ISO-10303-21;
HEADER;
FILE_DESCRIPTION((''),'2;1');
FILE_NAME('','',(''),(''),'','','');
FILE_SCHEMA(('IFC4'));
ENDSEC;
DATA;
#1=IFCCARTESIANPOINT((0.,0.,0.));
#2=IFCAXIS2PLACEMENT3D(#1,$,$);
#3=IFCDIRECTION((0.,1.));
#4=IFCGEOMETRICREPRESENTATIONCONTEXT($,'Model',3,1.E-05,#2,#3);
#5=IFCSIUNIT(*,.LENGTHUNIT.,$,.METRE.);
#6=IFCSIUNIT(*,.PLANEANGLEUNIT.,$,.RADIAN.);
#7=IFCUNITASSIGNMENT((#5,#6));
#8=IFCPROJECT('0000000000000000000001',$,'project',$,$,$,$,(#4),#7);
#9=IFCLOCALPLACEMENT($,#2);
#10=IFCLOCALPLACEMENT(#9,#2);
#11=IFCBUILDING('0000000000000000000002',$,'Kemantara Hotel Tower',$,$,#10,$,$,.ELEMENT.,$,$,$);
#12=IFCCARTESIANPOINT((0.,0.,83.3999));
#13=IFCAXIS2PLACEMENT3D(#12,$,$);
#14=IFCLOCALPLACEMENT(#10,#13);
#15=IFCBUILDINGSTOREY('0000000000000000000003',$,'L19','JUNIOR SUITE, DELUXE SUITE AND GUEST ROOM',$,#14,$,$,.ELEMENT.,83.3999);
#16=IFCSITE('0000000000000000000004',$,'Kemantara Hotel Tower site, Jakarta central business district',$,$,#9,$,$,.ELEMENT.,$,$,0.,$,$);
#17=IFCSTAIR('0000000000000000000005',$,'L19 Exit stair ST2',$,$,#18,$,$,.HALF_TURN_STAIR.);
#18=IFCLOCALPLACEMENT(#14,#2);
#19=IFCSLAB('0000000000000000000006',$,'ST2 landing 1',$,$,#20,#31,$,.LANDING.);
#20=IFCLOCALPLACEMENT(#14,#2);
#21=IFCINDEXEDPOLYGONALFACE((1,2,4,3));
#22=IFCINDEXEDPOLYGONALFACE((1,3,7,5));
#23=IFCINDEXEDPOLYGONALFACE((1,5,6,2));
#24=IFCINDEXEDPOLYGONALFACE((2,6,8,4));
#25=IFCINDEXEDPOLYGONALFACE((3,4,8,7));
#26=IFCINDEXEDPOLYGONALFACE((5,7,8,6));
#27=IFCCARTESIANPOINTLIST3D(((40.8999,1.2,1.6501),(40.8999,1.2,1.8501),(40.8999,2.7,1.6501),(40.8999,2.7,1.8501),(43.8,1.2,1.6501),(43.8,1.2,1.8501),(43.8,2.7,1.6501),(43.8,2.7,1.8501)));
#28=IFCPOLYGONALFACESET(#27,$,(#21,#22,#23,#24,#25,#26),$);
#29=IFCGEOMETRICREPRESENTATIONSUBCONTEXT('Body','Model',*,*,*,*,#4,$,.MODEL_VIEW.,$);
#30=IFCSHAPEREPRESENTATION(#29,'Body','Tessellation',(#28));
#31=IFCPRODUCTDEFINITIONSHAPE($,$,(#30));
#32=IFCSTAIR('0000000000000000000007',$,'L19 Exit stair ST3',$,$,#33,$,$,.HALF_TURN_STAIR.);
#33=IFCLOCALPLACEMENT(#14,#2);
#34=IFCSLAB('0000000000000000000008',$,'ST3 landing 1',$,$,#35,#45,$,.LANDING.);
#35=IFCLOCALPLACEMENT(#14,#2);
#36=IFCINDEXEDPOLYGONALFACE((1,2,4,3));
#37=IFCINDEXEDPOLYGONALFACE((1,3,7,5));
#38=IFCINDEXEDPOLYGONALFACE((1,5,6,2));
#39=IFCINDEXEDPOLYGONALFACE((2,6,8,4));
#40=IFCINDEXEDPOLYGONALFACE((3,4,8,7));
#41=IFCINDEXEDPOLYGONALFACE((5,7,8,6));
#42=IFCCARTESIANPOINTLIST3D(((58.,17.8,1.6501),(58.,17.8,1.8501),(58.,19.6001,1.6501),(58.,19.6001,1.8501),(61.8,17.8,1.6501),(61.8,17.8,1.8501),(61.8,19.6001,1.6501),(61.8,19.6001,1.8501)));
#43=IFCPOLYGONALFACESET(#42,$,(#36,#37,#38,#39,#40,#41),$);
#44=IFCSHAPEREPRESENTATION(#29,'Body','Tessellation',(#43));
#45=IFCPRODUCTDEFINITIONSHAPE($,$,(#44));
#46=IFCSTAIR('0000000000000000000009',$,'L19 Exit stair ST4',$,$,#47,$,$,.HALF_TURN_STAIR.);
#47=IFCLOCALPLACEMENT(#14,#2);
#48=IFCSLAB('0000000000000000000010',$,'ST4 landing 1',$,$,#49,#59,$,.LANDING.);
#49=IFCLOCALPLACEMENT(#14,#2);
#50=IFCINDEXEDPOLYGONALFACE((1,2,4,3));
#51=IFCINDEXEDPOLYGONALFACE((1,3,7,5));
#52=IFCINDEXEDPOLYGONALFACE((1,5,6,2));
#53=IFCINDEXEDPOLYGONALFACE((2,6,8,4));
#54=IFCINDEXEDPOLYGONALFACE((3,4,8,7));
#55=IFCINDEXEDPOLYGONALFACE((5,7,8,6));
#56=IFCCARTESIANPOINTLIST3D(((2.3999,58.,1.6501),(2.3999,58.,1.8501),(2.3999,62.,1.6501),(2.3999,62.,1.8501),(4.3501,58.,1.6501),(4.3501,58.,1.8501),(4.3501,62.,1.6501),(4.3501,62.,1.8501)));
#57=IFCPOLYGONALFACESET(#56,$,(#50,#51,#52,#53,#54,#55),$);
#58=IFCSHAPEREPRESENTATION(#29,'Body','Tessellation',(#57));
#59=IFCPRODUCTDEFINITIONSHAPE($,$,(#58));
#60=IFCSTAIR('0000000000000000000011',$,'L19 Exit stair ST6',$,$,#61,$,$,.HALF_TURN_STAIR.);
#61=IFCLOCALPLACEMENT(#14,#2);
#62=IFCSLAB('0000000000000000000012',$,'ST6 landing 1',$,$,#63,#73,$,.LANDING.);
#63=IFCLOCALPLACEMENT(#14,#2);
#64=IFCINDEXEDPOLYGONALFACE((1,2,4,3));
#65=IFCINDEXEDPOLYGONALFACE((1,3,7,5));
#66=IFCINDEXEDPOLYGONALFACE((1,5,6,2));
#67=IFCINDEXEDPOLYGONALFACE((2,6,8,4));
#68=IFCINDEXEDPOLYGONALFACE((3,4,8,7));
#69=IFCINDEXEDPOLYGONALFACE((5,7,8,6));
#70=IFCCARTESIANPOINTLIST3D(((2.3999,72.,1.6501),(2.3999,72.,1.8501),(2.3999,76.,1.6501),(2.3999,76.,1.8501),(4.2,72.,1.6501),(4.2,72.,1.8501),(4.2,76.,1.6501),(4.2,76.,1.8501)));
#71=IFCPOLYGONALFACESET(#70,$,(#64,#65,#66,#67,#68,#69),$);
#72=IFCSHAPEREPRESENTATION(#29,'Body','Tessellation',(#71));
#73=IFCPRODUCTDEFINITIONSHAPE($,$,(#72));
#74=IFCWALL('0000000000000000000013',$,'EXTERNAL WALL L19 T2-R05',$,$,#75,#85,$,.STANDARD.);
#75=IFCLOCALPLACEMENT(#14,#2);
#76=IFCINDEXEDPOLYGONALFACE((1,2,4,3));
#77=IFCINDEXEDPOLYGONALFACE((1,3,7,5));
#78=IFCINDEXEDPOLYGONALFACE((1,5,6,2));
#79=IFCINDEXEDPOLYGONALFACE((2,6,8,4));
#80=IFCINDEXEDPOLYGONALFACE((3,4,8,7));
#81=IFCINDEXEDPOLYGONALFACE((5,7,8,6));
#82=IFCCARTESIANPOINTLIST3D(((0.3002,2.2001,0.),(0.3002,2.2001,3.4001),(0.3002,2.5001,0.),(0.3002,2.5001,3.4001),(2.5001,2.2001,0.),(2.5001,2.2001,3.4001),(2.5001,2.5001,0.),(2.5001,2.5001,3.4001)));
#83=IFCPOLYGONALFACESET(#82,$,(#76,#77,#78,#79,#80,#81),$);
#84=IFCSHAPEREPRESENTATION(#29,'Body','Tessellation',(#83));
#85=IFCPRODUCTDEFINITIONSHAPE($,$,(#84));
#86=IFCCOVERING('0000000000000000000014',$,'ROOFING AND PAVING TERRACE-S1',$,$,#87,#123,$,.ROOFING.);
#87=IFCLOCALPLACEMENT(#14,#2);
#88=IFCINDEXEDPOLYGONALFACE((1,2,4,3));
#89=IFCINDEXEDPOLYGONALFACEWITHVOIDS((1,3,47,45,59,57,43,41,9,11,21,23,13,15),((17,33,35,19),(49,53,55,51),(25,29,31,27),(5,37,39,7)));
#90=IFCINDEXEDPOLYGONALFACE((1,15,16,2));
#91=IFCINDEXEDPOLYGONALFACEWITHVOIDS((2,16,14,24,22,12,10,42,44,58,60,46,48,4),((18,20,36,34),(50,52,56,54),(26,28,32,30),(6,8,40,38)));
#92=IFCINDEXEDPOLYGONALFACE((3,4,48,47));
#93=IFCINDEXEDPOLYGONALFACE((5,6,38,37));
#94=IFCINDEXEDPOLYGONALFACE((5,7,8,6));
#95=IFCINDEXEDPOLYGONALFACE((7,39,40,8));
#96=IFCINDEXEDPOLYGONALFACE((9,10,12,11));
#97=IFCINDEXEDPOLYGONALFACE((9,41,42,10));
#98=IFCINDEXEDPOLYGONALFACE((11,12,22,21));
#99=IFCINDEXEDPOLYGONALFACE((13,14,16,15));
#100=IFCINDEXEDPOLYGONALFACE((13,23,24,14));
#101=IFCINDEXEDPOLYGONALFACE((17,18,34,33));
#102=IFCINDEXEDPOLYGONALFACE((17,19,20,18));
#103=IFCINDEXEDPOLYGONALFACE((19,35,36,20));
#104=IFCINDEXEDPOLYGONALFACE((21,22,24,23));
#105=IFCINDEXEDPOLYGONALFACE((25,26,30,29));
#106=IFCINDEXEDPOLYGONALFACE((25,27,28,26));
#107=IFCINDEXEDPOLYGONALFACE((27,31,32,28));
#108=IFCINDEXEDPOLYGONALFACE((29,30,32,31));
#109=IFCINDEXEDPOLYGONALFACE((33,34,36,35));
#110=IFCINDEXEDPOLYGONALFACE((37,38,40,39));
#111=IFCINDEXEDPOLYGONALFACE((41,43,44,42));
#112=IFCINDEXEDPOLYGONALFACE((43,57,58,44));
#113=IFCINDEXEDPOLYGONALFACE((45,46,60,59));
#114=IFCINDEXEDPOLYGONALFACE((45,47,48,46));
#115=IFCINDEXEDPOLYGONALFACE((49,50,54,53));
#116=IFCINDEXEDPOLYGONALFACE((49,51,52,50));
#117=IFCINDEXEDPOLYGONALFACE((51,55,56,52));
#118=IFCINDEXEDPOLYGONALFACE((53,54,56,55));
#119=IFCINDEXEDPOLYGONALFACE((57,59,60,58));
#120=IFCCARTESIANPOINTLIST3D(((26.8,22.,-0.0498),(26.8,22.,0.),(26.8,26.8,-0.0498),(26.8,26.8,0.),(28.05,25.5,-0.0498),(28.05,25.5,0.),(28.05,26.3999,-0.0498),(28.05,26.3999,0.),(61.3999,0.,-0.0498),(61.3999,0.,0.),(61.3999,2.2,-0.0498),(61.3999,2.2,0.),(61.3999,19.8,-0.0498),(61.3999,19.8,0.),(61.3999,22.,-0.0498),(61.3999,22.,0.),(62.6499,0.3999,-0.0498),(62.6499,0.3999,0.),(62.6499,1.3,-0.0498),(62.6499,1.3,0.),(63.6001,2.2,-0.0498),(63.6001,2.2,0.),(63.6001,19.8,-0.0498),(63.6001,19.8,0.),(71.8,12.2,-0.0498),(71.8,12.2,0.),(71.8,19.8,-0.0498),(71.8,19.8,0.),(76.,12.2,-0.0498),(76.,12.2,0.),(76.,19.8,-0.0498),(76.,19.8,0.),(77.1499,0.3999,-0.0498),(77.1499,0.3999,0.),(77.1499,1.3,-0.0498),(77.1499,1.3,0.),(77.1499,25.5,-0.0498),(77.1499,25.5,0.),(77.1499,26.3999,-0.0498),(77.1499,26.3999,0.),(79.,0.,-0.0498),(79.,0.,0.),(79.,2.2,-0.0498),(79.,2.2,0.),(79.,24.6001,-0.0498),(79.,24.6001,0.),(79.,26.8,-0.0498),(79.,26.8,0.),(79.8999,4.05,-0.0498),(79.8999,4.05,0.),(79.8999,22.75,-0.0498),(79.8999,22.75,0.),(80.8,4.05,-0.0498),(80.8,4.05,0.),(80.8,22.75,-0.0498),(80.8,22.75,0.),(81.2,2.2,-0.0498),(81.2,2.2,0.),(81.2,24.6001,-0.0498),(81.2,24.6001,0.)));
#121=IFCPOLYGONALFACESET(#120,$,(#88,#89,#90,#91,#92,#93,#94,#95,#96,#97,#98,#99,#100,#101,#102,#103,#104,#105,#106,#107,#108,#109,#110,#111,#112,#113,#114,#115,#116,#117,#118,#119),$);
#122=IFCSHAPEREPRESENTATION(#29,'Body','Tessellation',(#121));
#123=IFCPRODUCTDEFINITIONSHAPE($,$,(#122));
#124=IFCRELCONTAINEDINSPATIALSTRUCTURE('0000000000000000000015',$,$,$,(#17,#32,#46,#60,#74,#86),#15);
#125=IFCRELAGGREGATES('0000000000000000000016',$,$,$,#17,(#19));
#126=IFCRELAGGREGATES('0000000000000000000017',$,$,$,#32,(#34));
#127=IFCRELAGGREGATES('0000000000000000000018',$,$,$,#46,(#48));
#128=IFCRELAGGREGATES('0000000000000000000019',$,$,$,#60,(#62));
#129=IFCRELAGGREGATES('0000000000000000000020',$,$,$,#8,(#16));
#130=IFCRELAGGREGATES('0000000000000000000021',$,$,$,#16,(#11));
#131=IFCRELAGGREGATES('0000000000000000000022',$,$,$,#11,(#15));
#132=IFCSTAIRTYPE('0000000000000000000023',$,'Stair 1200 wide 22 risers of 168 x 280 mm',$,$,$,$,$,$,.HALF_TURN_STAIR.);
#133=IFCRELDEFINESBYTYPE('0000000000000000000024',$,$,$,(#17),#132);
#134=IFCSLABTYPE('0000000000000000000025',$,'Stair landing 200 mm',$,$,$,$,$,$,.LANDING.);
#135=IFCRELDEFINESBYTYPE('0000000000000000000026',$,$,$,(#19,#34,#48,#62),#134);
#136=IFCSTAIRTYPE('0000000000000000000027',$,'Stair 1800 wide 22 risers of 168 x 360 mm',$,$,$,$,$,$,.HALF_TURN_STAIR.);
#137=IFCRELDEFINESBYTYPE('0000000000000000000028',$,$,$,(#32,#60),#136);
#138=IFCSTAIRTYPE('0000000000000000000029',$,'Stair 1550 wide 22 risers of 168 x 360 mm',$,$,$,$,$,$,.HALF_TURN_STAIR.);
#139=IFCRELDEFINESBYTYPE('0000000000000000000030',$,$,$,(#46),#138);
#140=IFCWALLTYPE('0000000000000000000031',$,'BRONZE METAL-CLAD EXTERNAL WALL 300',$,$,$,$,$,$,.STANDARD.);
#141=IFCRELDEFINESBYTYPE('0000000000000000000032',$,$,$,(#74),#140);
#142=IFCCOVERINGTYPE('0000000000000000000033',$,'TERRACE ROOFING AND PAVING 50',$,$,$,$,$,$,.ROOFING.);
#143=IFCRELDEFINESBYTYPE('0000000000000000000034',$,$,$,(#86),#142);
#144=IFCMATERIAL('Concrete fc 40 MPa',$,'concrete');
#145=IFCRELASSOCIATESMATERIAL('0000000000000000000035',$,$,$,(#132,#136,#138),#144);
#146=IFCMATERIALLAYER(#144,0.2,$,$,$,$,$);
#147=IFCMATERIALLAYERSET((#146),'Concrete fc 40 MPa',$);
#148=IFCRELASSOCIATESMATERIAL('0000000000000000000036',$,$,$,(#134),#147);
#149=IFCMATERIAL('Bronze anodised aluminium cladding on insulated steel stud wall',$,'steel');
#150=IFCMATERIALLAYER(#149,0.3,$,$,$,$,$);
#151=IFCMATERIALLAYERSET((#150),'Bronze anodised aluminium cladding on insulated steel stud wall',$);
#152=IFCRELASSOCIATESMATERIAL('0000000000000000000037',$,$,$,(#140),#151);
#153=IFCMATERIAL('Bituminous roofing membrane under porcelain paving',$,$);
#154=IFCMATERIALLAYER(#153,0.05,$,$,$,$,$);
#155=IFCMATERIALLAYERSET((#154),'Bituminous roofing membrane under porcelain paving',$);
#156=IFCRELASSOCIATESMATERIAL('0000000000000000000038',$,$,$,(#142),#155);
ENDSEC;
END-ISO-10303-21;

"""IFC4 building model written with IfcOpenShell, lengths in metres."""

from ifc_helpers import new_model, si_unit, direction, frame, frame_2d, origin, place, context, subcontext, project, spatial, polyline, rectangle, outline, extrude, material, layer, layer_set, type_object, element, aggregate, save


model = new_model("IFC4")

# Units and contexts
model_context = context("Model", 3, precision=1e-05, world=origin(), true_north=direction((0.0, 1.0)))
body_context = subcontext(model_context, "Body", "Model", "MODEL_VIEW")
ifc_project = project(units=[si_unit("LENGTHUNIT", "METRE"), si_unit("PLANEANGLEUNIT", "RADIAN")], contexts=[model_context])

# Site, building, storey
site_placement = place(None, origin())
site = spatial("IfcSite", under=ifc_project, at=site_placement, Name="Kemantara Hotel Tower site, Jakarta central business district", CompositionType="ELEMENT", RefElevation=0.0)
building_placement = place(site_placement, origin())
building = spatial("IfcBuilding", under=site, at=building_placement, Name="Kemantara Hotel Tower", CompositionType="ELEMENT")
storey_placement = place(building_placement, frame((0.0, 0.0, 83.3999)))
storey = spatial("IfcBuildingStorey", under=building, at=storey_placement, Name="L19", Description="JUNIOR SUITE, DELUXE SUITE AND GUEST ROOM", CompositionType="ELEMENT", Elevation=83.3999)

# Shared definitions
ifc_material_1 = material(Name="Concrete fc 40 MPa", Category="concrete")

# Stairs, slabs
stair_type_1 = type_object("IfcStairType", Name="Stair 1200 wide 22 risers of 168 x 280 mm", PredefinedType="HALF_TURN_STAIR", material=ifc_material_1)
ifc_layer_1 = layer(ifc_material_1, 0.2)
ifc_layer_set_1 = layer_set([ifc_layer_1], Name="Concrete fc 40 MPa")
slab_type_1 = type_object("IfcSlabType", Name="Stair landing 200 mm", PredefinedType="LANDING", material=ifc_layer_set_1)
stair_1_placement = place(storey_placement, origin())
stair_1 = element("IfcStair", 1, at=stair_1_placement, inside=storey, type_object=stair_type_1, Name="L19 Exit stair ST2", PredefinedType="HALF_TURN_STAIR")
slab_1_placement = place(storey_placement, frame((0.0, 0.0, 1.6501)))
slab_1 = element("IfcSlab", 2, at=slab_1_placement, type_object=slab_type_1, Name="ST2 landing 1", PredefinedType="LANDING", context=body_context, shape_type="SweptSolid", body=[
    extrude(outline(polyline([(40.8999, 2.7), (40.8999, 1.2), (43.8, 1.2), (43.8, 2.7), (40.8999, 2.7)])), origin(), (0.0, 0.0, 1.0), 0.2),
])
aggregate(stair_1, [slab_1])
stair_type_2 = type_object("IfcStairType", Name="Stair 1800 wide 22 risers of 168 x 360 mm", PredefinedType="HALF_TURN_STAIR", material=ifc_material_1)
stair_2_placement = place(storey_placement, origin())
stair_2 = element("IfcStair", 3, at=stair_2_placement, inside=storey, type_object=stair_type_2, Name="L19 Exit stair ST3", PredefinedType="HALF_TURN_STAIR")
slab_2_placement = place(storey_placement, frame((0.0, 0.0, 1.6501)))
slab_2 = element("IfcSlab", 4, at=slab_2_placement, type_object=slab_type_1, Name="ST3 landing 1", PredefinedType="LANDING", context=body_context, shape_type="SweptSolid", body=[
    extrude(outline(polyline([(61.8, 17.8), (61.8, 19.6001), (58.0, 19.6001), (58.0, 17.8), (61.8, 17.8)])), origin(), (0.0, 0.0, 1.0), 0.2),
])
aggregate(stair_2, [slab_2])
stair_type_3 = type_object("IfcStairType", Name="Stair 1550 wide 22 risers of 168 x 360 mm", PredefinedType="HALF_TURN_STAIR", material=ifc_material_1)
stair_3_placement = place(storey_placement, origin())
stair_3 = element("IfcStair", 5, at=stair_3_placement, inside=storey, type_object=stair_type_3, Name="L19 Exit stair ST4", PredefinedType="HALF_TURN_STAIR")
slab_3_placement = place(storey_placement, frame((0.0, 0.0, 1.6501)))
slab_3 = element("IfcSlab", 6, at=slab_3_placement, type_object=slab_type_1, Name="ST4 landing 1", PredefinedType="LANDING", context=body_context, shape_type="SweptSolid", body=[
    extrude(outline(polyline([(4.3501, 62.0), (2.3999, 62.0), (2.3999, 58.0), (4.3501, 58.0), (4.3501, 62.0)])), origin(), (0.0, 0.0, 1.0), 0.2),
])
aggregate(stair_3, [slab_3])
stair_4_placement = place(storey_placement, origin())
stair_4 = element("IfcStair", 7, at=stair_4_placement, inside=storey, type_object=stair_type_2, Name="L19 Exit stair ST6", PredefinedType="HALF_TURN_STAIR")
slab_4_placement = place(storey_placement, frame((0.0, 0.0, 1.6501)))
slab_4 = element("IfcSlab", 8, at=slab_4_placement, type_object=slab_type_1, Name="ST6 landing 1", PredefinedType="LANDING", context=body_context, shape_type="SweptSolid", body=[
    extrude(outline(polyline([(4.2, 76.0), (2.3999, 76.0), (2.3999, 72.0), (4.2, 72.0), (4.2, 76.0)])), origin(), (0.0, 0.0, 1.0), 0.2),
])
aggregate(stair_4, [slab_4])

# Wall
ifc_material_2 = material(Name="Bronze anodised aluminium cladding on insulated steel stud wall", Category="steel")
ifc_layer_2 = layer(ifc_material_2, 0.3)
ifc_layer_set_2 = layer_set([ifc_layer_2], Name="Bronze anodised aluminium cladding on insulated steel stud wall")
wall_type = type_object("IfcWallType", Name="BRONZE METAL-CLAD EXTERNAL WALL 300", PredefinedType="STANDARD", material=ifc_layer_set_2)
wall_placement = place(storey_placement, frame((0.3, 2.3501, 0.0), z_axis=(0.0, 0.0, 1.0), x_axis=(1.0, 0.0, 0.0)))
element("IfcWall", 9, at=wall_placement, inside=storey, type_object=wall_type, Name="EXTERNAL WALL L19 T2-R05", PredefinedType="STANDARD", context=body_context, shape_type="SweptSolid", body=[
    extrude(rectangle(XDim=2.2, YDim=0.3, at=frame_2d((1.1001, 0.0))), origin(), (0.0, 0.0, 1.0), 3.4001),
])

# Covering
ifc_material_3 = material(Name="Bituminous roofing membrane under porcelain paving")
ifc_layer_3 = layer(ifc_material_3, 0.05)
ifc_layer_set_3 = layer_set([ifc_layer_3], Name="Bituminous roofing membrane under porcelain paving")
covering_type = type_object("IfcCoveringType", Name="TERRACE ROOFING AND PAVING 50", PredefinedType="ROOFING", material=ifc_layer_set_3)
covering_placement = place(storey_placement, frame((0.0, 0.0, -0.0498)))
element("IfcCovering", 10, at=covering_placement, inside=storey, type_object=covering_type, Name="ROOFING AND PAVING TERRACE-S1", PredefinedType="ROOFING", context=body_context, shape_type="SweptSolid", body=[
    extrude(outline(polyline([(81.2, 2.2), (79.0, 2.2), (79.0, 0.0), (61.3999, 0.0), (61.3999, 2.2), (63.6001, 2.2), (63.6001, 19.8), (61.3999, 19.8), (61.3999, 22.0), (26.8, 22.0), (26.8, 26.8), (79.0, 26.8), (79.0, 24.6001), (81.2, 24.6001), (81.2, 2.2)]), holes=[polyline([(71.8, 12.2), (76.0, 12.2), (76.0, 19.8), (71.8, 19.8), (71.8, 12.2)]), polyline([(77.1499, 25.5), (77.1499, 26.3999), (28.05, 26.3999), (28.05, 25.5), (77.1499, 25.5)]), polyline([(79.8999, 22.75), (79.8999, 4.05), (80.8, 4.05), (80.8, 22.75), (79.8999, 22.75)]), polyline([(77.1499, 0.3999), (77.1499, 1.3), (62.6499, 1.3), (62.6499, 0.3999), (77.1499, 0.3999)])]), origin(), (0.0, 0.0, 1.0), 0.0498),
])

save(model, "model.ifc")
